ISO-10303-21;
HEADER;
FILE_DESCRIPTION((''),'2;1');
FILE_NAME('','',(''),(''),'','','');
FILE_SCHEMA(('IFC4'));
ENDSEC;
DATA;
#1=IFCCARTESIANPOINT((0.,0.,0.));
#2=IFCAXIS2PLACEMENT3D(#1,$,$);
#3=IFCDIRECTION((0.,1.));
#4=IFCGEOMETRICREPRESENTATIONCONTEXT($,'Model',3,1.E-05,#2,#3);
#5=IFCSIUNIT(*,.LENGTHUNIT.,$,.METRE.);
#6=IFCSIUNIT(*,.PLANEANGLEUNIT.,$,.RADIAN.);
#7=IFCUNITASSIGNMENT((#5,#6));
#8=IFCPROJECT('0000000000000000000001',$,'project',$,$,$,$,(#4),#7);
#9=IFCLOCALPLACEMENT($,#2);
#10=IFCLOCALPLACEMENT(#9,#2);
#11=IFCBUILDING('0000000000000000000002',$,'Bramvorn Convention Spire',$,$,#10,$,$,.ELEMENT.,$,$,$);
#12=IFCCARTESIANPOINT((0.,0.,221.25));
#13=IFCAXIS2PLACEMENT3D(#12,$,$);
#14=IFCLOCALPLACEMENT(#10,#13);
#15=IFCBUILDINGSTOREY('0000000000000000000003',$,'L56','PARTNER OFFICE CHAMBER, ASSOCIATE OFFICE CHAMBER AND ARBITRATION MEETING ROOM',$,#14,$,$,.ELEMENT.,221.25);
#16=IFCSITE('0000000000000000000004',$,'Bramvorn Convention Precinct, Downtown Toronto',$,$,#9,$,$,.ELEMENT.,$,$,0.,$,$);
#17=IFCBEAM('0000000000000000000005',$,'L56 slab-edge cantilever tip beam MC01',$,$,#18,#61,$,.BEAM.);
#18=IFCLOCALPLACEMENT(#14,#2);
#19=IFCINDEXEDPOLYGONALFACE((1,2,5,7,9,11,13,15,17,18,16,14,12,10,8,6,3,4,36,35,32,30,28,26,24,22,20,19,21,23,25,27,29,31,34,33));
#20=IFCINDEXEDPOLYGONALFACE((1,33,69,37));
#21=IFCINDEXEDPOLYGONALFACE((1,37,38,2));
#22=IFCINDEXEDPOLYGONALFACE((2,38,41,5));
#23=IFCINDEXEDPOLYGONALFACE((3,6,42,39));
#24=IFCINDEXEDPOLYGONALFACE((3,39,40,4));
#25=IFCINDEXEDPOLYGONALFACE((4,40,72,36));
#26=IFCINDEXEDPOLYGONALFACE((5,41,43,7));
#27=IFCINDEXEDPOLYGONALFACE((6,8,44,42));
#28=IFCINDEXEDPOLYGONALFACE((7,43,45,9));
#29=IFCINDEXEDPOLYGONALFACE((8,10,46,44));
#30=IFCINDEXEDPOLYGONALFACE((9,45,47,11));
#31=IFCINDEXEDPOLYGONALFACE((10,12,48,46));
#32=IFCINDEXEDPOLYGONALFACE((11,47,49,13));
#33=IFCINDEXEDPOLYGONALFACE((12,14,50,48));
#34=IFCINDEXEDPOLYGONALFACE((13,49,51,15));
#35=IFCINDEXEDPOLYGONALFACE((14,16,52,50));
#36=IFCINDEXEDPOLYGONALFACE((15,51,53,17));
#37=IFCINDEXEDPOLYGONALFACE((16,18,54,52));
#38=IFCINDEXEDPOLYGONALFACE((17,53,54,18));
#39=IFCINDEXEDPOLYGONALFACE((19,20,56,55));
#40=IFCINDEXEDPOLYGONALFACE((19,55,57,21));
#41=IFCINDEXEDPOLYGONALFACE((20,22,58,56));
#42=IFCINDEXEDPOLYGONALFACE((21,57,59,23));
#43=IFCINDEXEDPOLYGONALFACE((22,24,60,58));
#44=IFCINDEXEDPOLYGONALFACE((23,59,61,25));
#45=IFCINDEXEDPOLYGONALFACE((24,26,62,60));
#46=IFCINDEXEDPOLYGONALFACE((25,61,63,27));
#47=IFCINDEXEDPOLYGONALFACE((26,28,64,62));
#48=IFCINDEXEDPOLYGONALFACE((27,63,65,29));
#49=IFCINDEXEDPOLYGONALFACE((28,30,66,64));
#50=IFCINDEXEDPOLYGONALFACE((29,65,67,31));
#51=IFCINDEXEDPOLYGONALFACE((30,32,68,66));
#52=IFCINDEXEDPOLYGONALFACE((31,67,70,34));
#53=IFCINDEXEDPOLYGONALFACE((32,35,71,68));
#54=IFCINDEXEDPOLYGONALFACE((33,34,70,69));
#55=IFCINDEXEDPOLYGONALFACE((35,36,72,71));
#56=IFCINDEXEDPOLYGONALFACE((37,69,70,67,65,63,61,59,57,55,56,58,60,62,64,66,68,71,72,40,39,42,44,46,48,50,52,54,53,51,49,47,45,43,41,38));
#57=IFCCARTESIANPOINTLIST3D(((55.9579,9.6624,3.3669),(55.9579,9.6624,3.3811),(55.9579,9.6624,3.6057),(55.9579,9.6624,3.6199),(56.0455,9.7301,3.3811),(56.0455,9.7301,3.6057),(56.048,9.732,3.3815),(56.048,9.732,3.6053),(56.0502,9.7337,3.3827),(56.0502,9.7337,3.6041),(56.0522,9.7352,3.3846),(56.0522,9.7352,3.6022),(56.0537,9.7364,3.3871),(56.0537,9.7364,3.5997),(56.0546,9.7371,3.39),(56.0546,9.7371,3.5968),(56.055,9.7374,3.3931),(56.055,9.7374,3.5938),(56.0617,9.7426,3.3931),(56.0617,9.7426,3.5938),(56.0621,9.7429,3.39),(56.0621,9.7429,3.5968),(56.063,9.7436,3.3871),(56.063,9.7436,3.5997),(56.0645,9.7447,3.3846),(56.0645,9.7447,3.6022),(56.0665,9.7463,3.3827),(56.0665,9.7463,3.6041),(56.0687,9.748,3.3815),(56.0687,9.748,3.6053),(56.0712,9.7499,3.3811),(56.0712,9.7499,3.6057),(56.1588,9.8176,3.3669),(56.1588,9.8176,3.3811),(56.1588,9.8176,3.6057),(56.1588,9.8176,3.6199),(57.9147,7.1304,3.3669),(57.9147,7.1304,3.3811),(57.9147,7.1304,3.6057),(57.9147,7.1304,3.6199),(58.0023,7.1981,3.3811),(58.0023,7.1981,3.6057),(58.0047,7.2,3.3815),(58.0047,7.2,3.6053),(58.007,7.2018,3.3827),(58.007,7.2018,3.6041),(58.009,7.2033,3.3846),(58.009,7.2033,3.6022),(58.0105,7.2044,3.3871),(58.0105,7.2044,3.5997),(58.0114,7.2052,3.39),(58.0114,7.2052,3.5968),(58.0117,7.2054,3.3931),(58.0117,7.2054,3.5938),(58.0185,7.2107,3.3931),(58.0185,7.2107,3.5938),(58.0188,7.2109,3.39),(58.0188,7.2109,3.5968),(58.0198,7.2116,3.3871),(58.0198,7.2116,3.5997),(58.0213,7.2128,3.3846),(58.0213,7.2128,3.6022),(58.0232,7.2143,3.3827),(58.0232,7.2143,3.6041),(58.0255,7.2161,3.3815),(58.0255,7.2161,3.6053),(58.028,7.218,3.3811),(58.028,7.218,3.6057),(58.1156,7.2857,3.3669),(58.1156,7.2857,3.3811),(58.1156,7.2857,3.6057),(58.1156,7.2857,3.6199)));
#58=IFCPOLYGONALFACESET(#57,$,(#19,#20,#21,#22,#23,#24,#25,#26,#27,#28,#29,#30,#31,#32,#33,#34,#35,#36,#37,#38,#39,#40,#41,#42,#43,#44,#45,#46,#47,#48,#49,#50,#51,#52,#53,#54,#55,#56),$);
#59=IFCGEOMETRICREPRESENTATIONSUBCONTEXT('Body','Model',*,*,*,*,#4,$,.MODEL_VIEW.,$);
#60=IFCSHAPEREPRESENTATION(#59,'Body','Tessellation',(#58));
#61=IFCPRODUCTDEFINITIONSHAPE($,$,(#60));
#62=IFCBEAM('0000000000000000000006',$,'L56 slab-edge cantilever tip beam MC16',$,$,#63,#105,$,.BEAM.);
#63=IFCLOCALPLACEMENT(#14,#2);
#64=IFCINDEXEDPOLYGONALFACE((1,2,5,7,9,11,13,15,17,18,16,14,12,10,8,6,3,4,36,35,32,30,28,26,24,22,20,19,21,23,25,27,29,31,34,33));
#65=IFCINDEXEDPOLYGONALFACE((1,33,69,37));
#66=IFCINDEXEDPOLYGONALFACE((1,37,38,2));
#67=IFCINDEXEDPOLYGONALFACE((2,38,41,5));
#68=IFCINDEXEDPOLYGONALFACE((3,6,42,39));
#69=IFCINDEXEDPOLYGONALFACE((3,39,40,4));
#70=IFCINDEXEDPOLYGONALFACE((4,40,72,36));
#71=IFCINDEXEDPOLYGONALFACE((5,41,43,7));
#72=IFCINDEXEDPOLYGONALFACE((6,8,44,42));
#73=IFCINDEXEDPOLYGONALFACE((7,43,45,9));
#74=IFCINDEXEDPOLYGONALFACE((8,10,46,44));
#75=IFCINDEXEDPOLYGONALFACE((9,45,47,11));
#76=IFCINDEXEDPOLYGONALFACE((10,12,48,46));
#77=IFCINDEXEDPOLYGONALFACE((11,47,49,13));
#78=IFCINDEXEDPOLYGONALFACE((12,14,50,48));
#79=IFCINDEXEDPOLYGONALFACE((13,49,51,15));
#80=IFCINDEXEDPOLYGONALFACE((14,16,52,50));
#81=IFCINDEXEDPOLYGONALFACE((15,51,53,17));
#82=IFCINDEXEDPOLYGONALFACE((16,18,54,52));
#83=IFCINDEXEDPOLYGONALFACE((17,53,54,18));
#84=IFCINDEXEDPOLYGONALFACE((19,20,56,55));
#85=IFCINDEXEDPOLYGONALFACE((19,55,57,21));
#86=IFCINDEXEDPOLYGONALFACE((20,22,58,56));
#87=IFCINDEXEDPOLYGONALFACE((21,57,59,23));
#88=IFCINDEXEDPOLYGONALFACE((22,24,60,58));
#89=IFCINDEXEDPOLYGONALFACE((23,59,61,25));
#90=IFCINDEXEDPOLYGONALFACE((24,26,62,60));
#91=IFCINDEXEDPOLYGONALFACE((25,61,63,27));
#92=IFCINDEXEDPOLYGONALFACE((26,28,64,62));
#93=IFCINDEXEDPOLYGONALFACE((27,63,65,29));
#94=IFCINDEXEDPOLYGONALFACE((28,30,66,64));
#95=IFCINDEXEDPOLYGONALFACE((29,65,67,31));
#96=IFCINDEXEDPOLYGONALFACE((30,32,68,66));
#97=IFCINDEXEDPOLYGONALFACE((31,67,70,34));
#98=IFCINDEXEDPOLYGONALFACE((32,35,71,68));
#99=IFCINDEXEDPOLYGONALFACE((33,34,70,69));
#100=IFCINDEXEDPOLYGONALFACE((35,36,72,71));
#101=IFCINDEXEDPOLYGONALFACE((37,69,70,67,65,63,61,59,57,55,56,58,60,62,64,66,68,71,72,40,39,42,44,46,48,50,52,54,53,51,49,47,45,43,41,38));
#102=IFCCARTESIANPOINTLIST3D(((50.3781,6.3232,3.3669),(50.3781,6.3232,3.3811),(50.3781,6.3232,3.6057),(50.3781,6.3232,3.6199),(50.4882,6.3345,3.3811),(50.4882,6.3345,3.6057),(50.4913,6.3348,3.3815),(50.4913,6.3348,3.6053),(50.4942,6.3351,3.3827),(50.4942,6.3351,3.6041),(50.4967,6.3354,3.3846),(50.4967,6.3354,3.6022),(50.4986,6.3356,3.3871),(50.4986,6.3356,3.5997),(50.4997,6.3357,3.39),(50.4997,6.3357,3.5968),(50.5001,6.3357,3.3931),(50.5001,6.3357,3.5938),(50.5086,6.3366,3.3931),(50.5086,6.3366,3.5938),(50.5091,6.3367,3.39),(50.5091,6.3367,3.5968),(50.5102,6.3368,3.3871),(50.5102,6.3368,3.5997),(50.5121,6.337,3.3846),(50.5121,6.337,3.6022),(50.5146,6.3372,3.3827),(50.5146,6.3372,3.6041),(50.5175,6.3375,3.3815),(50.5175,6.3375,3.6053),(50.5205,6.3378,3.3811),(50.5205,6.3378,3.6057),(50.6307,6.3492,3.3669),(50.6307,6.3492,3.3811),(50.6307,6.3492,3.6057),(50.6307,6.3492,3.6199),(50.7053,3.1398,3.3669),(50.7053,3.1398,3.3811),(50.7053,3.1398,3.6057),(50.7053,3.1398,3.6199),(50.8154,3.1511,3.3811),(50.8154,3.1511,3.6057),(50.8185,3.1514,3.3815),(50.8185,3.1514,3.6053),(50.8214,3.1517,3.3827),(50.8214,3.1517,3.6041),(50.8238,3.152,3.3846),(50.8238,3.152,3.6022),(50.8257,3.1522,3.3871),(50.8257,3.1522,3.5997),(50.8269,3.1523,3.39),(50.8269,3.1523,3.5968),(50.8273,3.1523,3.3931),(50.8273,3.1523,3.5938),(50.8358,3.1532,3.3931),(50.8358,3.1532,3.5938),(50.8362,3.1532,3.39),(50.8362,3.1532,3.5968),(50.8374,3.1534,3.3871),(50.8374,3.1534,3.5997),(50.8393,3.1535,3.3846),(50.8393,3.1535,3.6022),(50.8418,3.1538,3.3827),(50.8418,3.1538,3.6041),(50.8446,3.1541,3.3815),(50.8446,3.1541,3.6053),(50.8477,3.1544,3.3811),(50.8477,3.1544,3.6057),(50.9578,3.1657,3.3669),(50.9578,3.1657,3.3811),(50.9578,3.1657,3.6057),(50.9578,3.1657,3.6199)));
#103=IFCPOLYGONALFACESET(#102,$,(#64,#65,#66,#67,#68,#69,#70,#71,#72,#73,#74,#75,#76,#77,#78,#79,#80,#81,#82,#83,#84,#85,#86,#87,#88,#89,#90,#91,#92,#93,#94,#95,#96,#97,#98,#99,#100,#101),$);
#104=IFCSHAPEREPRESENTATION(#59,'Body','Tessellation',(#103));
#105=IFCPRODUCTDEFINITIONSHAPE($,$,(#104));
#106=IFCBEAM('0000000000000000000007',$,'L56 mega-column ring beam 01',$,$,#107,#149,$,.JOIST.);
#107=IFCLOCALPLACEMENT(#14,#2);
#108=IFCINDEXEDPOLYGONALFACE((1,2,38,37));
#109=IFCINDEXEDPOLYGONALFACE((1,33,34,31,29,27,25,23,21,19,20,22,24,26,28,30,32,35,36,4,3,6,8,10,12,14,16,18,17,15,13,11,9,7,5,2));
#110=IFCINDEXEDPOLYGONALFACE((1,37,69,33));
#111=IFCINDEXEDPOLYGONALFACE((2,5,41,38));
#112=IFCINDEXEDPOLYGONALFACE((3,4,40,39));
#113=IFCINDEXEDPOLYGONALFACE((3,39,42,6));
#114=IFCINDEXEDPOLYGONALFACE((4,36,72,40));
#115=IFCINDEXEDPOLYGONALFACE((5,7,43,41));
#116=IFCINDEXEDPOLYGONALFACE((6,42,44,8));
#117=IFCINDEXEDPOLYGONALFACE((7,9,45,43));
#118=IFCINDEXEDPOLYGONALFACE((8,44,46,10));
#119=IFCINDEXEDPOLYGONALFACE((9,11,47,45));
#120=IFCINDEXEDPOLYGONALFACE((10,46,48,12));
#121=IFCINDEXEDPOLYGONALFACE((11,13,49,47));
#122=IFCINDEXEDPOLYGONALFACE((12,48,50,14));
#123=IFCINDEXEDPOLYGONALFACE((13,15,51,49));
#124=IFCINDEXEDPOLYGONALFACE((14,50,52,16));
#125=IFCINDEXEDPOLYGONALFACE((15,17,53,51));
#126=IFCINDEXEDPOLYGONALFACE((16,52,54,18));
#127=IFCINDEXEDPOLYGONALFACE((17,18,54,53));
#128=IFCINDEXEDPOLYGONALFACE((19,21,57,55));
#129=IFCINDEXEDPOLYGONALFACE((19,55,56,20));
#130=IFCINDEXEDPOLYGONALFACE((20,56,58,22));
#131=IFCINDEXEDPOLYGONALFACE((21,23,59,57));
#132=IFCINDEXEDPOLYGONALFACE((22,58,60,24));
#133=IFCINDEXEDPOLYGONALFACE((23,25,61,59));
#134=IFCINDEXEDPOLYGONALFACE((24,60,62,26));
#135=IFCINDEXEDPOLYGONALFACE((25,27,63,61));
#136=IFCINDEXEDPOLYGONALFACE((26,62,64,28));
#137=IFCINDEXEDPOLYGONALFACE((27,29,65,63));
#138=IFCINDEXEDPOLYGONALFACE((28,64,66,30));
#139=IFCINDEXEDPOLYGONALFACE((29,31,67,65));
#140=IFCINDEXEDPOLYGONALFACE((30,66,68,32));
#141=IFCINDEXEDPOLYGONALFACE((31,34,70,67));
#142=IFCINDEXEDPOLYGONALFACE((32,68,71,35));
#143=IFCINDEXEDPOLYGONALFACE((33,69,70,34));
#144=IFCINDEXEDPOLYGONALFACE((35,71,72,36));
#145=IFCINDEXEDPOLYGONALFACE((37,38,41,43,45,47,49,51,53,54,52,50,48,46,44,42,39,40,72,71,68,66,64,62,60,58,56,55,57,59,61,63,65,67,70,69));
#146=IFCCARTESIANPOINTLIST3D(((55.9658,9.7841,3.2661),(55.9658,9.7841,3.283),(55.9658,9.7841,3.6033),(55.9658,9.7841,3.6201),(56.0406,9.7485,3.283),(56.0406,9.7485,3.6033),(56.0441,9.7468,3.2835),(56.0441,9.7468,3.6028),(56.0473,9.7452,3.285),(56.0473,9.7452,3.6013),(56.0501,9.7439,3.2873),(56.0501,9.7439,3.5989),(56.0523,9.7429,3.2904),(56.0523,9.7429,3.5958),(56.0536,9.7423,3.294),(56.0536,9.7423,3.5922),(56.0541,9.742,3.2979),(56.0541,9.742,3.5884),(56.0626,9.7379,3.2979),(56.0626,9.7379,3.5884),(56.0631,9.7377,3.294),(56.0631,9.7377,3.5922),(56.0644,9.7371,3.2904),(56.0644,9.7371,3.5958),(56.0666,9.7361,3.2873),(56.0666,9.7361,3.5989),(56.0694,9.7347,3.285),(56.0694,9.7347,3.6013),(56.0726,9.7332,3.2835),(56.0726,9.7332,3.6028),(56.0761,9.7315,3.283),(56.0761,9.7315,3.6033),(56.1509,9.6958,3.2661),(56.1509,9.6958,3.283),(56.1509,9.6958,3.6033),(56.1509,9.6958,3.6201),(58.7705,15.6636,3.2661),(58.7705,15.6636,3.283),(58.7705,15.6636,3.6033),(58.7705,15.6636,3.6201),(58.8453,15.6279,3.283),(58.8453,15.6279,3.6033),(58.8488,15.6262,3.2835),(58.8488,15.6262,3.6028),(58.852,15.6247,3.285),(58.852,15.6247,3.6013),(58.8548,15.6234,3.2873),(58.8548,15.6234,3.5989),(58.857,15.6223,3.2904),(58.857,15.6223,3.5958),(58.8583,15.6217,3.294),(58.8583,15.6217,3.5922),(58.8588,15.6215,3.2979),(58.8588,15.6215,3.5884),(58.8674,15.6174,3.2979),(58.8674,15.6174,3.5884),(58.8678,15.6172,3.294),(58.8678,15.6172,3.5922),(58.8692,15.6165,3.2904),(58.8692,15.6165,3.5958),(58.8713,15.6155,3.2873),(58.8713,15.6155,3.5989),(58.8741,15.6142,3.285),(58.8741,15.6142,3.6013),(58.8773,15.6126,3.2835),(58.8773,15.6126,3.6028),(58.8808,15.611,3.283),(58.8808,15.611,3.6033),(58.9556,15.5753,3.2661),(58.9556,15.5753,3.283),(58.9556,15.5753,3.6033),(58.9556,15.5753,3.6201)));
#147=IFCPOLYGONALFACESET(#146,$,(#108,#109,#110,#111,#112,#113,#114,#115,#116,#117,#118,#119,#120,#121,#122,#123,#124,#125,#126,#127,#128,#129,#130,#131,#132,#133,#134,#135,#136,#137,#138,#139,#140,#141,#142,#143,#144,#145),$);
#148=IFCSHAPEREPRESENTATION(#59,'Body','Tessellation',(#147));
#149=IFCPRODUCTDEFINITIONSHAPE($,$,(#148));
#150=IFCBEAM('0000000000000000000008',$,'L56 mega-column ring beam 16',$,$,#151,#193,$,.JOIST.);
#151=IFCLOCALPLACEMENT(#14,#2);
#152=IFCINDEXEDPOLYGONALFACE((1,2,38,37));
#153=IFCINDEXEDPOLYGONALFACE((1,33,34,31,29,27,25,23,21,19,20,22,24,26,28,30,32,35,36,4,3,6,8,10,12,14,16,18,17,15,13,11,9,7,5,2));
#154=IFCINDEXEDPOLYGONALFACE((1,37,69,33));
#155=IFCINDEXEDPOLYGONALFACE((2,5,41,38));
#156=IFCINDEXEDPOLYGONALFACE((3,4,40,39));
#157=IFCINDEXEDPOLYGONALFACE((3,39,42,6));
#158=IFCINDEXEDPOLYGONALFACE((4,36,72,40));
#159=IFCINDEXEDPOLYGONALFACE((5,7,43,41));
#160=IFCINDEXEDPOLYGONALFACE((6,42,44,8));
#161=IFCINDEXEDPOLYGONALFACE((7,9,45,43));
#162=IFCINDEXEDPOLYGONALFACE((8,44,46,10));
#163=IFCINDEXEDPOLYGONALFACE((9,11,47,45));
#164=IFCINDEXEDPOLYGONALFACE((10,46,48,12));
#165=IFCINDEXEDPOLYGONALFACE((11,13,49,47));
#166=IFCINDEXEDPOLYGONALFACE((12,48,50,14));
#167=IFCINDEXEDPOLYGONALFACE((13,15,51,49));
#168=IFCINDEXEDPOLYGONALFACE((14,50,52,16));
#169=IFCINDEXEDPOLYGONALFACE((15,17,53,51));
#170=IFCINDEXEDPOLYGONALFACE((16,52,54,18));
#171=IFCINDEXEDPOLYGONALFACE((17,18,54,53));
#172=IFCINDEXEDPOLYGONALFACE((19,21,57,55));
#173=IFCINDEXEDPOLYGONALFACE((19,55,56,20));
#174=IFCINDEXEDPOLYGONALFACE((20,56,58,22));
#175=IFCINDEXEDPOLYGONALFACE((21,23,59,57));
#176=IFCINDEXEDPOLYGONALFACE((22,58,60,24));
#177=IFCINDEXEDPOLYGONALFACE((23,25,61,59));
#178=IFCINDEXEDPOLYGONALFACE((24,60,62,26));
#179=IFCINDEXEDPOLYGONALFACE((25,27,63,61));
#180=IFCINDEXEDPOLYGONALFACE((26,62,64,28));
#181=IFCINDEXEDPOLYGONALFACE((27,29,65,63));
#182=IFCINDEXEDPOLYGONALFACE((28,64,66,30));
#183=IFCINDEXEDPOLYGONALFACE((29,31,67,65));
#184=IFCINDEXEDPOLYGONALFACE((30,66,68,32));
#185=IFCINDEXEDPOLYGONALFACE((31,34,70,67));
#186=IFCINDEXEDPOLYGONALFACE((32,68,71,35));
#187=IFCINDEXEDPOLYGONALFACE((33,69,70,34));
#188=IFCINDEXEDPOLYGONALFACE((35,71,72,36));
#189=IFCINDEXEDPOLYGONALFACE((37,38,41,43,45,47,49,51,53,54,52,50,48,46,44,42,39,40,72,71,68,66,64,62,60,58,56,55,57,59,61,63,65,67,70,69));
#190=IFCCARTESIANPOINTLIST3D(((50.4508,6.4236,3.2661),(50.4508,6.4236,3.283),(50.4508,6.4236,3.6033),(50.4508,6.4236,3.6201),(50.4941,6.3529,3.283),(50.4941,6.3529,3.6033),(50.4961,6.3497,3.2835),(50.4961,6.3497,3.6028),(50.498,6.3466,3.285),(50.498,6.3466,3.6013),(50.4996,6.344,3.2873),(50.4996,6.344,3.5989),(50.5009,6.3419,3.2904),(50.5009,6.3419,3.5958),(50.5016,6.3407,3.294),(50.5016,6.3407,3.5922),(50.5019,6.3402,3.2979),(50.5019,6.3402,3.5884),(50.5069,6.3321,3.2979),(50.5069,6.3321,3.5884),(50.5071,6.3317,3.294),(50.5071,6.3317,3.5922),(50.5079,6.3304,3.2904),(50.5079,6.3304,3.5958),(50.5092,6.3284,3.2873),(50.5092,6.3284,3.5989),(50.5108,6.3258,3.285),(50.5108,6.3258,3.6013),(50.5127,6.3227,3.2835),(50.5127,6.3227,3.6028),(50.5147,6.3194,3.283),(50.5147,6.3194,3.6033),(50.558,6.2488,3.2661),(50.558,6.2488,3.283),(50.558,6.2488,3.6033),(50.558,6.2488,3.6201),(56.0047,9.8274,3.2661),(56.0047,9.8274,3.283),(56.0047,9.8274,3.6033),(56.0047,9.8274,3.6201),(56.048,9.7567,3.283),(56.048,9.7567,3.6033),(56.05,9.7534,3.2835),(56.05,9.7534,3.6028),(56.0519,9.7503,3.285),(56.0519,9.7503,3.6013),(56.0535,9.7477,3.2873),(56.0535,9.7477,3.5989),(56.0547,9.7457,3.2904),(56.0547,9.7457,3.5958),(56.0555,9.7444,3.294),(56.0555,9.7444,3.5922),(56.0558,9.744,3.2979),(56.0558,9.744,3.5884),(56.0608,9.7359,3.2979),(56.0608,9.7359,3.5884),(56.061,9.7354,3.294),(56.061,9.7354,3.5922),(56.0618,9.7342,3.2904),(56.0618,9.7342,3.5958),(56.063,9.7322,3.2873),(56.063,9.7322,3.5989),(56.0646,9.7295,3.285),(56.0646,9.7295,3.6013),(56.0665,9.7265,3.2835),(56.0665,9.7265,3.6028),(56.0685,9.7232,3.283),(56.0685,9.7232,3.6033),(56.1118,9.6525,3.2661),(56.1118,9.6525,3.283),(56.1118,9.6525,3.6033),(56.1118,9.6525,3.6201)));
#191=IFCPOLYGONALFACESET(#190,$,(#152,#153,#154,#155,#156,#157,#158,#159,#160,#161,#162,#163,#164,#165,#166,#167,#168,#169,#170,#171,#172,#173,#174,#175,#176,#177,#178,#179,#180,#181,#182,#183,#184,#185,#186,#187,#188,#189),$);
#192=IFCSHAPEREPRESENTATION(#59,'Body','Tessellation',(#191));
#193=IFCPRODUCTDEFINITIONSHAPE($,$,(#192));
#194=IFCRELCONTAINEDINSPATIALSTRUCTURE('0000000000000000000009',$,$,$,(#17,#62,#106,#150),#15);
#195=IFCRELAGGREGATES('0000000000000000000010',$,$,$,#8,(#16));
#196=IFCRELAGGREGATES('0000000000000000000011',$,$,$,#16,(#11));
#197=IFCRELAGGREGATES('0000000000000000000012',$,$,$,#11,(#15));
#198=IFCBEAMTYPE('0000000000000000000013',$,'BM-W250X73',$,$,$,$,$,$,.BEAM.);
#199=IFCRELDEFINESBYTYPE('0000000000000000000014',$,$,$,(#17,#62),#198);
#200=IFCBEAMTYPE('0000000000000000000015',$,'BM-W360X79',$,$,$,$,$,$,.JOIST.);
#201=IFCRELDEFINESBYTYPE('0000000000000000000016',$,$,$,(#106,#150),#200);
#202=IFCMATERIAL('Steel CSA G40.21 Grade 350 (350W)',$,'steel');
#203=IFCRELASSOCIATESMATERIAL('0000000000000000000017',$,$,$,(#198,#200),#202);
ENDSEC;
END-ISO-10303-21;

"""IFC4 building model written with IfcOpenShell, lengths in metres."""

from ifc_helpers import new_model, si_unit, direction, frame, origin, origin_2d, place, context, subcontext, project, spatial, i_section, extrude, material, material_profile, profile_set, type_object, element, save


model = new_model("IFC4")

# Units and contexts
model_context = context("Model", 3, precision=1e-05, world=origin(), true_north=direction((0.0, 1.0)))
body_context = subcontext(model_context, "Body", "Model", "MODEL_VIEW")
ifc_project = project(units=[si_unit("LENGTHUNIT", "METRE"), si_unit("PLANEANGLEUNIT", "RADIAN")], contexts=[model_context])

# Site, building, storey
site_placement = place(None, origin())
site = spatial("IfcSite", under=ifc_project, at=site_placement, Name="Bramvorn Convention Precinct, Downtown Toronto", CompositionType="ELEMENT", RefElevation=0.0)
building_placement = place(site_placement, origin())
building = spatial("IfcBuilding", under=site, at=building_placement, Name="Bramvorn Convention Spire", CompositionType="ELEMENT")
storey_placement = place(building_placement, frame((0.0, 0.0, 221.25)))
storey = spatial("IfcBuildingStorey", under=building, at=storey_placement, Name="L56", Description="PARTNER OFFICE CHAMBER, ASSOCIATE OFFICE CHAMBER AND ARBITRATION MEETING ROOM", CompositionType="ELEMENT", Elevation=221.25)

# Shared definitions
ifc_material_1 = material(Name="Steel CSA G40.21 Grade 350 (350W)", Category="steel")

# Beams
ifc_material_profile_1 = material_profile(ifc_material_1, i_section(OverallWidth=0.2539, OverallDepth=0.2529, WebThickness=0.0085, FlangeThickness=0.0142, FilletRadius=0.012, at=origin_2d()))
ifc_profile_set_1 = profile_set([ifc_material_profile_1], Name="Steel CSA G40.21 Grade 350 (350W) - W250X73")
beam_type_1 = type_object("IfcBeamType", Name="BM-W250X73", PredefinedType="BEAM", material=ifc_profile_set_1)
beam_1_placement = place(storey_placement, frame((56.0583, 9.74, 3.4934), z_axis=(0.611497, -0.791246, 0.0), x_axis=(0.791246, 0.611497, 0.0)))
element("IfcBeam", 1, at=beam_1_placement, inside=storey, type_object=beam_type_1, Name="L56 slab-edge cantilever tip beam MC01", PredefinedType="BEAM", context=body_context, shape_type="SweptSolid", body=[
    extrude(i_section(OverallWidth=0.2539, OverallDepth=0.2529, WebThickness=0.0085, FlangeThickness=0.0142, FilletRadius=0.012, at=origin_2d()), origin(), (0.0, 0.0, 1.0), 3.2),
])
beam_2_placement = place(storey_placement, frame((50.5044, 6.3362, 3.4934), z_axis=(0.10223, -0.994761, 0.0), x_axis=(0.994761, 0.10223, 0.0)))
element("IfcBeam", 2, at=beam_2_placement, inside=storey, type_object=beam_type_1, Name="L56 slab-edge cantilever tip beam MC16", PredefinedType="BEAM", context=body_context, shape_type="SweptSolid", body=[
    extrude(i_section(OverallWidth=0.2539, OverallDepth=0.2529, WebThickness=0.0085, FlangeThickness=0.0142, FilletRadius=0.012, at=origin_2d()), origin(), (0.0, 0.0, 1.0), 3.2002),
])
ifc_material_profile_2 = material_profile(ifc_material_1, i_section(OverallWidth=0.2051, OverallDepth=0.354, WebThickness=0.0095, FlangeThickness=0.0168, FilletRadius=0.0149, at=origin_2d()))
ifc_profile_set_2 = profile_set([ifc_material_profile_2], Name="Steel CSA G40.21 Grade 350 (350W) - W360X79")
beam_type_2 = type_object("IfcBeamType", Name="BM-W360X79", PredefinedType="JOIST", material=ifc_profile_set_2)
beam_3_placement = place(storey_placement, frame((56.0583, 9.74, 3.4431), z_axis=(0.430556, 0.902564, 0.0), x_axis=(-0.902564, 0.430556, 0.0)))
element("IfcBeam", 3, at=beam_3_placement, inside=storey, type_object=beam_type_2, Name="L56 mega-column ring beam 01", PredefinedType="JOIST", context=body_context, shape_type="SweptSolid", body=[
    extrude(i_section(OverallWidth=0.2051, OverallDepth=0.354, WebThickness=0.0095, FlangeThickness=0.0168, FilletRadius=0.0149, at=origin_2d()), origin(), (0.0, 0.0, 1.0), 6.5142),
])
beam_4_placement = place(storey_placement, frame((50.5044, 6.3362, 3.4431), z_axis=(0.852617, 0.522537, 0.0), x_axis=(-0.522537, 0.852617, 0.0)))
element("IfcBeam", 4, at=beam_4_placement, inside=storey, type_object=beam_type_2, Name="L56 mega-column ring beam 16", PredefinedType="JOIST", context=body_context, shape_type="SweptSolid", body=[
    extrude(i_section(OverallWidth=0.2051, OverallDepth=0.354, WebThickness=0.0095, FlangeThickness=0.0168, FilletRadius=0.0149, at=origin_2d()), origin(), (0.0, 0.0, 1.0), 6.5139),
])

save(model, "model.ifc")
